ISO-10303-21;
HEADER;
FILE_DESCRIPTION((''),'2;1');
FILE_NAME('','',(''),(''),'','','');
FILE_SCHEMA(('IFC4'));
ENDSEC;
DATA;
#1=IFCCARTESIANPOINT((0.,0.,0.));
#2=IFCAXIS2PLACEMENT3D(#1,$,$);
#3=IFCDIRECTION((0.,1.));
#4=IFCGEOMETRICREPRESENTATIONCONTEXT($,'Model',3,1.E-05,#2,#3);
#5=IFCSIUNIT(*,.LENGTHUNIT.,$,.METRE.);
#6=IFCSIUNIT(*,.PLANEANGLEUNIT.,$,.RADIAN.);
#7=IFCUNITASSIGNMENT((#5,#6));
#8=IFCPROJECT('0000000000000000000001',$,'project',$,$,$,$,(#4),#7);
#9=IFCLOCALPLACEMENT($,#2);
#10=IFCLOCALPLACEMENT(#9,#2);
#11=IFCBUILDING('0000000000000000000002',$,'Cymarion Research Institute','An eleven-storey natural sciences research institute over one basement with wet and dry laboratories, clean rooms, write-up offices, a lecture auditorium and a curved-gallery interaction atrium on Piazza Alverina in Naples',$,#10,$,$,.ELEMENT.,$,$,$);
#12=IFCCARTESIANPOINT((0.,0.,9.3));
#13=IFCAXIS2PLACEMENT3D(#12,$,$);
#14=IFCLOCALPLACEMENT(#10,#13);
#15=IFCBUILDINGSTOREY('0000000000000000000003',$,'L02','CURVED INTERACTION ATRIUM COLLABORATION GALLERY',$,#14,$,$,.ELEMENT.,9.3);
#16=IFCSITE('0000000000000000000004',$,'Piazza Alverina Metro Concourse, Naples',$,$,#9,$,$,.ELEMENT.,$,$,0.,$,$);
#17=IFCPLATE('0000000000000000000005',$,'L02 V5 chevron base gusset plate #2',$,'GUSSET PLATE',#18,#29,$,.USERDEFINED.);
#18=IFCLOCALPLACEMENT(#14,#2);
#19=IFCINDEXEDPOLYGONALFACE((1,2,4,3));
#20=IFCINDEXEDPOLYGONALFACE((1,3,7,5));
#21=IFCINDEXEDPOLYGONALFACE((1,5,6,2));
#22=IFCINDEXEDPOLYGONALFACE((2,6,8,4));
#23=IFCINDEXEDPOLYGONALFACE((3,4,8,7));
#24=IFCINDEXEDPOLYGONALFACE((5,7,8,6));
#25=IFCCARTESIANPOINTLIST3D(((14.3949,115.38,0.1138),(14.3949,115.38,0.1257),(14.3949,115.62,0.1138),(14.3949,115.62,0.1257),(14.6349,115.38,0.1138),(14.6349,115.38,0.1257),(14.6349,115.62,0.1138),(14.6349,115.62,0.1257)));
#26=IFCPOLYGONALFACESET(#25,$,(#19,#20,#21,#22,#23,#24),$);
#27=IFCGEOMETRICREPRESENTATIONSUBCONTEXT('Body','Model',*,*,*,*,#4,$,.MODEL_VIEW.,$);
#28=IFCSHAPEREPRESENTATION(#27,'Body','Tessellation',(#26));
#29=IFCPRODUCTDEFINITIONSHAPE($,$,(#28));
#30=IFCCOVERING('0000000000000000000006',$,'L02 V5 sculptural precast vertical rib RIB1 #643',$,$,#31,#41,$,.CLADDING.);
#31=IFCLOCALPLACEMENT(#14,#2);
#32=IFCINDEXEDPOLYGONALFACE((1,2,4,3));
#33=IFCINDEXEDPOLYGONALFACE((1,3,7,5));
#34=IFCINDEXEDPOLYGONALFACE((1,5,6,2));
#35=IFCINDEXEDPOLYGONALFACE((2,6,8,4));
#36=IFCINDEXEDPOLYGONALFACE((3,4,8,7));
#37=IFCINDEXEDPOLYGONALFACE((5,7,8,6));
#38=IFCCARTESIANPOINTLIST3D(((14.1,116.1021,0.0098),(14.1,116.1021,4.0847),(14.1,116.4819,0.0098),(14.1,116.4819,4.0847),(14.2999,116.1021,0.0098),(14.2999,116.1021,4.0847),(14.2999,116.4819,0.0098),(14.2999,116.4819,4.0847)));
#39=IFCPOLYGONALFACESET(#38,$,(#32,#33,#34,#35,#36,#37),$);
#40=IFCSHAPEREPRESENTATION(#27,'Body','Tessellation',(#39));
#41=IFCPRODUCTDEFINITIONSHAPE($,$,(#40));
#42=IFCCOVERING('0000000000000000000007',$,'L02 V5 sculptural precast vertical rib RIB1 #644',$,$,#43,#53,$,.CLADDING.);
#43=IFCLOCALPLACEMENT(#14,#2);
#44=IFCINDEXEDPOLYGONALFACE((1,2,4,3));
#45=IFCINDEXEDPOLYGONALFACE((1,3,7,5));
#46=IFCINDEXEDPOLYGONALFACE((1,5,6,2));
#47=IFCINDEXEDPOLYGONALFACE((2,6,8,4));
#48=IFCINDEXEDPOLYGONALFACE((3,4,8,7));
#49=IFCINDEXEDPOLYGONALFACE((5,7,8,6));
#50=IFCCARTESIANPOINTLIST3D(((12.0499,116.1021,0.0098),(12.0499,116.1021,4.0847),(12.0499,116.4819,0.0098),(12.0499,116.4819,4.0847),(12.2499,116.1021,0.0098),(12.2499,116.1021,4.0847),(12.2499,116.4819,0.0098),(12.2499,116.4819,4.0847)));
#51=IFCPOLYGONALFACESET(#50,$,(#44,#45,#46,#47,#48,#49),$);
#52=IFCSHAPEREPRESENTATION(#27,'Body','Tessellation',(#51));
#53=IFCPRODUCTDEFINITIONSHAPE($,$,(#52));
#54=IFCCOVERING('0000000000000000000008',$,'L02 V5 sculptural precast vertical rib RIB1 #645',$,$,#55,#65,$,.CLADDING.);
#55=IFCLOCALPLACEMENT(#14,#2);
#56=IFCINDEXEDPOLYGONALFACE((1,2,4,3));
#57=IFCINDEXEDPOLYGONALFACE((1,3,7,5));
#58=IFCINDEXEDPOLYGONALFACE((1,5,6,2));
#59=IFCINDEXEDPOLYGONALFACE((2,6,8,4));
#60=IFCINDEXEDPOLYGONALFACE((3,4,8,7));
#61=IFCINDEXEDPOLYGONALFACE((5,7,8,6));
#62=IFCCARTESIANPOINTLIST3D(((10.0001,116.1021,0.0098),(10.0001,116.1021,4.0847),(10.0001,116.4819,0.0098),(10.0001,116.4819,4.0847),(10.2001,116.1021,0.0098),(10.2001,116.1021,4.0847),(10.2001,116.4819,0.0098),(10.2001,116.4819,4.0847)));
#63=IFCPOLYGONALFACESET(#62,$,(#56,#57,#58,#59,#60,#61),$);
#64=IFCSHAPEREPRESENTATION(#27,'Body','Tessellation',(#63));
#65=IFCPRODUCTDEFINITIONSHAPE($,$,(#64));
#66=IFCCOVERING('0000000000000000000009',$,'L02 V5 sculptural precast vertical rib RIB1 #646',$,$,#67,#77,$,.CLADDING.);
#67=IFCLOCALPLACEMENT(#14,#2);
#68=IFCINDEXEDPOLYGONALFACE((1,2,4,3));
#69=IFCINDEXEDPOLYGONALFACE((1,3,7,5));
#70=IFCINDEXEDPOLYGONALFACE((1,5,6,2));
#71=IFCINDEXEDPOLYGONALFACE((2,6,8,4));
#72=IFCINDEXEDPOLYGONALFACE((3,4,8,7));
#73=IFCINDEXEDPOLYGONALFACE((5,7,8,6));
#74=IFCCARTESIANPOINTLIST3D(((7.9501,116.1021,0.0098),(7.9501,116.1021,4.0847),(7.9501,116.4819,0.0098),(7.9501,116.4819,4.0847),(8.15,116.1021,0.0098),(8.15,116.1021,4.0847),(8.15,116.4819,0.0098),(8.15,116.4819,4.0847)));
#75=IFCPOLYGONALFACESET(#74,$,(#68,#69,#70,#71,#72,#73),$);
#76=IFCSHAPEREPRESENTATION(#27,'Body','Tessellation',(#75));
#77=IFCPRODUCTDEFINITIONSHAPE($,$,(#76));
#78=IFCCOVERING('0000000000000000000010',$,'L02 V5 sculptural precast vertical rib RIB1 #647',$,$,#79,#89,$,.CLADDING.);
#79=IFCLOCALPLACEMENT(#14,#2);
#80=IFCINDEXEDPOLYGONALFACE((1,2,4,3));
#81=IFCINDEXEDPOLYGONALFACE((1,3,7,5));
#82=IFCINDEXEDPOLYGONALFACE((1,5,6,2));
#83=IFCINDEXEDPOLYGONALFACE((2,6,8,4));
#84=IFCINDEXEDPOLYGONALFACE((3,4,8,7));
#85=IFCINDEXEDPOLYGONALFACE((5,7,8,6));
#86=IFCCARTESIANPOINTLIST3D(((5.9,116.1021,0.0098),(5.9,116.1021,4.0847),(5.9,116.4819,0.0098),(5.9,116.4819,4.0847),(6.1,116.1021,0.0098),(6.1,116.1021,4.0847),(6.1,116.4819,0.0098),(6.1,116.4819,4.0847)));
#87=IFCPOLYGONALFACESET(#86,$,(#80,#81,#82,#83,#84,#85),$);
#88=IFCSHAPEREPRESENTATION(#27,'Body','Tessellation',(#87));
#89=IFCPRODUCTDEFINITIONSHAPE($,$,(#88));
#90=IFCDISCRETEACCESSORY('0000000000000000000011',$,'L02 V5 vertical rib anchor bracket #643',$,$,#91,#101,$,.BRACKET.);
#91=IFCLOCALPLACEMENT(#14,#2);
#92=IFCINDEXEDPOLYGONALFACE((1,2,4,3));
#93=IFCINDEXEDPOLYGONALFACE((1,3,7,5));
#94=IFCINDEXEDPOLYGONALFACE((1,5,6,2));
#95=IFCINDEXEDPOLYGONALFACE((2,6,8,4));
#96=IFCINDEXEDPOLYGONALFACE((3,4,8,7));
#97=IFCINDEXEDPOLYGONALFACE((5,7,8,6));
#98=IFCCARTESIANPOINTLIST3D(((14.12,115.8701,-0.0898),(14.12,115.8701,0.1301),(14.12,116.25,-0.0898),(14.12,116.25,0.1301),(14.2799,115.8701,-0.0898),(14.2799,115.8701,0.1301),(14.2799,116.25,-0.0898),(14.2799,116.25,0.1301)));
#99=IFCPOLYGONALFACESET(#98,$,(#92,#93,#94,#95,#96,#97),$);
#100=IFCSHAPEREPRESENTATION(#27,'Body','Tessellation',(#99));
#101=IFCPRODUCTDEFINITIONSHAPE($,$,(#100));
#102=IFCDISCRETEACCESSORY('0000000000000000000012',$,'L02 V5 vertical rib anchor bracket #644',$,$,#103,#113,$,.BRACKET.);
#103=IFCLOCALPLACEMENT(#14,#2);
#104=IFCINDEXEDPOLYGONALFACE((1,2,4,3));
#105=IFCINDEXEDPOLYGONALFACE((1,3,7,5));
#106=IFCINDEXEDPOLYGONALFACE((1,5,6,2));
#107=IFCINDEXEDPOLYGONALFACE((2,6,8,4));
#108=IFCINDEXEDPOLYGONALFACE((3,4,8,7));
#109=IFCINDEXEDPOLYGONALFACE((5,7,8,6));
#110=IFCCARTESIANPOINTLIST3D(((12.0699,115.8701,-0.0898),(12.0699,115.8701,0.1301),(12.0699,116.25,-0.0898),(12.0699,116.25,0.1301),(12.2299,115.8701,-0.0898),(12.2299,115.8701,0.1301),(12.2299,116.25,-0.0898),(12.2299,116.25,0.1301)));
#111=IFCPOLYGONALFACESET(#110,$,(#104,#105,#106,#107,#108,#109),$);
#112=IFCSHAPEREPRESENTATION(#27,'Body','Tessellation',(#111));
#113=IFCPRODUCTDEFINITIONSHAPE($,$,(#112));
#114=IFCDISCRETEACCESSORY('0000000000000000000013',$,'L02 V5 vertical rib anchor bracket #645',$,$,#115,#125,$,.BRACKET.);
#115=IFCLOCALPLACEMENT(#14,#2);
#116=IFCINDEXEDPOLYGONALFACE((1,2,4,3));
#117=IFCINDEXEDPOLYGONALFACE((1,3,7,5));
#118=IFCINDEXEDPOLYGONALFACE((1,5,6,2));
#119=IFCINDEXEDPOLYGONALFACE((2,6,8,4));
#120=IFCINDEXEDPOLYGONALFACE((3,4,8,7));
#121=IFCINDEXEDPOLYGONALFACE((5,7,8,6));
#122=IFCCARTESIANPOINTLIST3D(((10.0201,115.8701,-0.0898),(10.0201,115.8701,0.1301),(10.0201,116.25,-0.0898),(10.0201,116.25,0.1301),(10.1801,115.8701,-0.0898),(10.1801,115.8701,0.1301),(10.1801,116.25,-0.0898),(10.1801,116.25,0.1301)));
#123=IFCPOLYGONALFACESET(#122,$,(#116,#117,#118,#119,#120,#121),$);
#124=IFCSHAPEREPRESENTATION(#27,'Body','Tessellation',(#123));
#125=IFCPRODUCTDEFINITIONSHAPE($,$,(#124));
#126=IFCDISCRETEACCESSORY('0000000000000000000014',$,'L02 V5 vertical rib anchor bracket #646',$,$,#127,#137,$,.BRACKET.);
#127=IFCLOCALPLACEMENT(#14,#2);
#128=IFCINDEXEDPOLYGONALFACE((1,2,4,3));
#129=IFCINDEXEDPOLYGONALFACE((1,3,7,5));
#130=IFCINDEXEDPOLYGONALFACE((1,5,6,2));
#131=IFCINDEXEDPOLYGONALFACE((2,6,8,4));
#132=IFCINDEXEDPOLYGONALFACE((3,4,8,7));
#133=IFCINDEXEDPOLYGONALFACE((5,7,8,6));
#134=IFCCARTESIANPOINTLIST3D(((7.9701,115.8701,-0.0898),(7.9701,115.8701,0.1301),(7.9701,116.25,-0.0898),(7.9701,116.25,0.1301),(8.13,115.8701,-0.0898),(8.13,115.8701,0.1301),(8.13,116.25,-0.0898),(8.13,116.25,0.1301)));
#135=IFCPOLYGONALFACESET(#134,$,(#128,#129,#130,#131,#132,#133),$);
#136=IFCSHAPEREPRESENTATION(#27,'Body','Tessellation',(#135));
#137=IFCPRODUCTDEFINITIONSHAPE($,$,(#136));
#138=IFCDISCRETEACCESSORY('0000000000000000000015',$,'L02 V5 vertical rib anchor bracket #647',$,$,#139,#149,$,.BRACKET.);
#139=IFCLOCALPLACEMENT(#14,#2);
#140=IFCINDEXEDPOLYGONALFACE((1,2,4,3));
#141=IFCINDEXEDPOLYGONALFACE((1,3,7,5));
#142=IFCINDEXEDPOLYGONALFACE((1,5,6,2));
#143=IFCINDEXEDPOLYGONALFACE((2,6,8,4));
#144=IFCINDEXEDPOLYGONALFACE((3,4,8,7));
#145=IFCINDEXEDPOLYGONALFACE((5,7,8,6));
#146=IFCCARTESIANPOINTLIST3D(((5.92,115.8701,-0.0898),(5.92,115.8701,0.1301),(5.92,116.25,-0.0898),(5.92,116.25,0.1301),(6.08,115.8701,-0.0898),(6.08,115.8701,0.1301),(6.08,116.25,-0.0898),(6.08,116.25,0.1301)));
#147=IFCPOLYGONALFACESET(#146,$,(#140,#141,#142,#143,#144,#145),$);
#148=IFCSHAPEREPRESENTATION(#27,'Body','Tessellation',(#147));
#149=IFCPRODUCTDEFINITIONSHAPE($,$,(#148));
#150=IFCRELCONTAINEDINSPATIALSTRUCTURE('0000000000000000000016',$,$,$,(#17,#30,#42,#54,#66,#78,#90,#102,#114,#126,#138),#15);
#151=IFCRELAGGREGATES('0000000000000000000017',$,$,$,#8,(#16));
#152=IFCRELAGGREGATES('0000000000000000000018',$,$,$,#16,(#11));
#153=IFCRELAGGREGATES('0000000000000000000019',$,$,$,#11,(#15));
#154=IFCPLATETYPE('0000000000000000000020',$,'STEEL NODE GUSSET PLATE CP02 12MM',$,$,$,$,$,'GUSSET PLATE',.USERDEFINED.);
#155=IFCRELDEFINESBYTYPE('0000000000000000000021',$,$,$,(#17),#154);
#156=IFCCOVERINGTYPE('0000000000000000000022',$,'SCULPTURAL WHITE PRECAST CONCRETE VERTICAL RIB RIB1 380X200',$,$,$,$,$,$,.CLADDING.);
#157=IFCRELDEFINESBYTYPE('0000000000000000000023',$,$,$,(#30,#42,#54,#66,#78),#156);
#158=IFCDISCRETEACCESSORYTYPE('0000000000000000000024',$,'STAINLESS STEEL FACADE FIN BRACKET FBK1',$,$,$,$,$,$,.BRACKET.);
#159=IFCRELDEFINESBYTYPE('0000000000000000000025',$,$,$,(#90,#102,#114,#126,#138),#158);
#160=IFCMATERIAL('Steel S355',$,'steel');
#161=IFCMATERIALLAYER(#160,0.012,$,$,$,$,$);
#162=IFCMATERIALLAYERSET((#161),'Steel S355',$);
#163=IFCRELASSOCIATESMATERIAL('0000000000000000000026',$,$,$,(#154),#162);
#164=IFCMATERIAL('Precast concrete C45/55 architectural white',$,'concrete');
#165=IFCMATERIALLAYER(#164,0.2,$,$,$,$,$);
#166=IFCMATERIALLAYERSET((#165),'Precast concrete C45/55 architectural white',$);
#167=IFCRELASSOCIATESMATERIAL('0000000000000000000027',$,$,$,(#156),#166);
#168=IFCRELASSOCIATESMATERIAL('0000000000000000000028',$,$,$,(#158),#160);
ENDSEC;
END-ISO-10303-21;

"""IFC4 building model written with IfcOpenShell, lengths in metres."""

from ifc_helpers import new_model, si_unit, direction, frame, origin, origin_2d, place, context, subcontext, project, spatial, rectangle, extrude, material, layer, layer_set, type_object, element, save


model = new_model("IFC4")

# Units and contexts
model_context = context("Model", 3, precision=1e-05, world=origin(), true_north=direction((0.0, 1.0)))
body_context = subcontext(model_context, "Body", "Model", "MODEL_VIEW")
ifc_project = project(units=[si_unit("LENGTHUNIT", "METRE"), si_unit("PLANEANGLEUNIT", "RADIAN")], contexts=[model_context])

# Site, building, storey
site_placement = place(None, origin())
site = spatial("IfcSite", under=ifc_project, at=site_placement, Name="Piazza Alverina Metro Concourse, Naples", CompositionType="ELEMENT", RefElevation=0.0)
building_placement = place(site_placement, origin())
building = spatial("IfcBuilding", under=site, at=building_placement, Name="Cymarion Research Institute", Description="An eleven-storey natural sciences research institute over one basement with wet and dry laboratories, clean rooms, write-up offices, a lecture auditorium and a curved-gallery interaction atrium on Piazza Alverina in Naples", CompositionType="ELEMENT")
storey_placement = place(building_placement, frame((0.0, 0.0, 9.3)))
storey = spatial("IfcBuildingStorey", under=building, at=storey_placement, Name="L02", Description="CURVED INTERACTION ATRIUM COLLABORATION GALLERY", CompositionType="ELEMENT", Elevation=9.3)

# Shared definitions
ifc_material_1 = material(Name="Steel S355", Category="steel")

# Plate
ifc_layer_1 = layer(ifc_material_1, 0.012)
ifc_layer_set_1 = layer_set([ifc_layer_1], Name="Steel S355")
plate_type_1 = type_object("IfcPlateType", Name="STEEL NODE GUSSET PLATE CP02 12MM", ElementType="GUSSET PLATE", PredefinedType="USERDEFINED", material=ifc_layer_set_1)
for number, where, z_axis, x_axis, name in (
    (1, (14.5149, 115.5, 0.1138), (0.0, 0.0, 1.0), (1.0, 0.0, 0.0), "L02 V5 chevron base gusset plate #2"),
):
    element("IfcPlate", number, at=place(storey_placement, frame(where, z_axis=z_axis, x_axis=x_axis)), inside=storey, type_object=plate_type_1, Name=name, ObjectType="GUSSET PLATE", PredefinedType="USERDEFINED", context=body_context, shape_type="SweptSolid", body=[
        extrude(rectangle(XDim=0.24, YDim=0.24, at=origin_2d()), origin(), (0.0, 0.0, 1.0), 0.012),
    ])

# Coverings
ifc_material_2 = material(Name="Precast concrete C45/55 architectural white", Category="concrete")
ifc_layer_2 = layer(ifc_material_2, 0.2)
ifc_layer_set_2 = layer_set([ifc_layer_2], Name="Precast concrete C45/55 architectural white")
covering_type = type_object("IfcCoveringType", Name="SCULPTURAL WHITE PRECAST CONCRETE VERTICAL RIB RIB1 380X200", PredefinedType="CLADDING", material=ifc_layer_set_2)
for number, where, z_axis, x_axis, name in (
    (2, (14.2, 116.292, 0.0098), (0.0, 0.0, 1.0), (0.0, 1.0, 0.0), "L02 V5 sculptural precast vertical rib RIB1 #643"),
    (3, (12.1499, 116.292, 0.0098), (0.0, 0.0, 1.0), (0.0, 1.0, 0.0), "L02 V5 sculptural precast vertical rib RIB1 #644"),
    (4, (10.1001, 116.292, 0.0098), (0.0, 0.0, 1.0), (0.0, 1.0, 0.0), "L02 V5 sculptural precast vertical rib RIB1 #645"),
    (5, (8.05, 116.292, 0.0098), (0.0, 0.0, 1.0), (0.0, 1.0, 0.0), "L02 V5 sculptural precast vertical rib RIB1 #646"),
    (6, (6.0, 116.292, 0.0098), (0.0, 0.0, 1.0), (0.0, 1.0, 0.0), "L02 V5 sculptural precast vertical rib RIB1 #647"),
):
    element("IfcCovering", number, at=place(storey_placement, frame(where, z_axis=z_axis, x_axis=x_axis)), inside=storey, type_object=covering_type, Name=name, PredefinedType="CLADDING", context=body_context, shape_type="SweptSolid", body=[
        extrude(rectangle(XDim=0.3799, YDim=0.2, at=origin_2d()), origin(), (0.0, 0.0, 1.0), 4.075),
    ])

# Discrete accessories
discrete_accessory_type = type_object("IfcDiscreteAccessoryType", Name="STAINLESS STEEL FACADE FIN BRACKET FBK1", PredefinedType="BRACKET", material=ifc_material_1)
for number, where, z_axis, x_axis, name in (
    (7, (14.2, 116.0601, -0.0898), (0.0, 0.0, 1.0), (0.0, 1.0, 0.0), "L02 V5 vertical rib anchor bracket #643"),
    (8, (12.1499, 116.0601, -0.0898), (0.0, 0.0, 1.0), (0.0, 1.0, 0.0), "L02 V5 vertical rib anchor bracket #644"),
    (9, (10.1001, 116.0601, -0.0898), (0.0, 0.0, 1.0), (0.0, 1.0, 0.0), "L02 V5 vertical rib anchor bracket #645"),
    (10, (8.05, 116.0601, -0.0898), (0.0, 0.0, 1.0), (0.0, 1.0, 0.0), "L02 V5 vertical rib anchor bracket #646"),
    (11, (6.0, 116.0601, -0.0898), (0.0, 0.0, 1.0), (0.0, 1.0, 0.0), "L02 V5 vertical rib anchor bracket #647"),
):
    element("IfcDiscreteAccessory", number, at=place(storey_placement, frame(where, z_axis=z_axis, x_axis=x_axis)), inside=storey, type_object=discrete_accessory_type, Name=name, PredefinedType="BRACKET", context=body_context, shape_type="SweptSolid", body=[
        extrude(rectangle(XDim=0.3799, YDim=0.1599, at=origin_2d()), origin(), (0.0, 0.0, 1.0), 0.22),
    ])

save(model, "model.ifc")
